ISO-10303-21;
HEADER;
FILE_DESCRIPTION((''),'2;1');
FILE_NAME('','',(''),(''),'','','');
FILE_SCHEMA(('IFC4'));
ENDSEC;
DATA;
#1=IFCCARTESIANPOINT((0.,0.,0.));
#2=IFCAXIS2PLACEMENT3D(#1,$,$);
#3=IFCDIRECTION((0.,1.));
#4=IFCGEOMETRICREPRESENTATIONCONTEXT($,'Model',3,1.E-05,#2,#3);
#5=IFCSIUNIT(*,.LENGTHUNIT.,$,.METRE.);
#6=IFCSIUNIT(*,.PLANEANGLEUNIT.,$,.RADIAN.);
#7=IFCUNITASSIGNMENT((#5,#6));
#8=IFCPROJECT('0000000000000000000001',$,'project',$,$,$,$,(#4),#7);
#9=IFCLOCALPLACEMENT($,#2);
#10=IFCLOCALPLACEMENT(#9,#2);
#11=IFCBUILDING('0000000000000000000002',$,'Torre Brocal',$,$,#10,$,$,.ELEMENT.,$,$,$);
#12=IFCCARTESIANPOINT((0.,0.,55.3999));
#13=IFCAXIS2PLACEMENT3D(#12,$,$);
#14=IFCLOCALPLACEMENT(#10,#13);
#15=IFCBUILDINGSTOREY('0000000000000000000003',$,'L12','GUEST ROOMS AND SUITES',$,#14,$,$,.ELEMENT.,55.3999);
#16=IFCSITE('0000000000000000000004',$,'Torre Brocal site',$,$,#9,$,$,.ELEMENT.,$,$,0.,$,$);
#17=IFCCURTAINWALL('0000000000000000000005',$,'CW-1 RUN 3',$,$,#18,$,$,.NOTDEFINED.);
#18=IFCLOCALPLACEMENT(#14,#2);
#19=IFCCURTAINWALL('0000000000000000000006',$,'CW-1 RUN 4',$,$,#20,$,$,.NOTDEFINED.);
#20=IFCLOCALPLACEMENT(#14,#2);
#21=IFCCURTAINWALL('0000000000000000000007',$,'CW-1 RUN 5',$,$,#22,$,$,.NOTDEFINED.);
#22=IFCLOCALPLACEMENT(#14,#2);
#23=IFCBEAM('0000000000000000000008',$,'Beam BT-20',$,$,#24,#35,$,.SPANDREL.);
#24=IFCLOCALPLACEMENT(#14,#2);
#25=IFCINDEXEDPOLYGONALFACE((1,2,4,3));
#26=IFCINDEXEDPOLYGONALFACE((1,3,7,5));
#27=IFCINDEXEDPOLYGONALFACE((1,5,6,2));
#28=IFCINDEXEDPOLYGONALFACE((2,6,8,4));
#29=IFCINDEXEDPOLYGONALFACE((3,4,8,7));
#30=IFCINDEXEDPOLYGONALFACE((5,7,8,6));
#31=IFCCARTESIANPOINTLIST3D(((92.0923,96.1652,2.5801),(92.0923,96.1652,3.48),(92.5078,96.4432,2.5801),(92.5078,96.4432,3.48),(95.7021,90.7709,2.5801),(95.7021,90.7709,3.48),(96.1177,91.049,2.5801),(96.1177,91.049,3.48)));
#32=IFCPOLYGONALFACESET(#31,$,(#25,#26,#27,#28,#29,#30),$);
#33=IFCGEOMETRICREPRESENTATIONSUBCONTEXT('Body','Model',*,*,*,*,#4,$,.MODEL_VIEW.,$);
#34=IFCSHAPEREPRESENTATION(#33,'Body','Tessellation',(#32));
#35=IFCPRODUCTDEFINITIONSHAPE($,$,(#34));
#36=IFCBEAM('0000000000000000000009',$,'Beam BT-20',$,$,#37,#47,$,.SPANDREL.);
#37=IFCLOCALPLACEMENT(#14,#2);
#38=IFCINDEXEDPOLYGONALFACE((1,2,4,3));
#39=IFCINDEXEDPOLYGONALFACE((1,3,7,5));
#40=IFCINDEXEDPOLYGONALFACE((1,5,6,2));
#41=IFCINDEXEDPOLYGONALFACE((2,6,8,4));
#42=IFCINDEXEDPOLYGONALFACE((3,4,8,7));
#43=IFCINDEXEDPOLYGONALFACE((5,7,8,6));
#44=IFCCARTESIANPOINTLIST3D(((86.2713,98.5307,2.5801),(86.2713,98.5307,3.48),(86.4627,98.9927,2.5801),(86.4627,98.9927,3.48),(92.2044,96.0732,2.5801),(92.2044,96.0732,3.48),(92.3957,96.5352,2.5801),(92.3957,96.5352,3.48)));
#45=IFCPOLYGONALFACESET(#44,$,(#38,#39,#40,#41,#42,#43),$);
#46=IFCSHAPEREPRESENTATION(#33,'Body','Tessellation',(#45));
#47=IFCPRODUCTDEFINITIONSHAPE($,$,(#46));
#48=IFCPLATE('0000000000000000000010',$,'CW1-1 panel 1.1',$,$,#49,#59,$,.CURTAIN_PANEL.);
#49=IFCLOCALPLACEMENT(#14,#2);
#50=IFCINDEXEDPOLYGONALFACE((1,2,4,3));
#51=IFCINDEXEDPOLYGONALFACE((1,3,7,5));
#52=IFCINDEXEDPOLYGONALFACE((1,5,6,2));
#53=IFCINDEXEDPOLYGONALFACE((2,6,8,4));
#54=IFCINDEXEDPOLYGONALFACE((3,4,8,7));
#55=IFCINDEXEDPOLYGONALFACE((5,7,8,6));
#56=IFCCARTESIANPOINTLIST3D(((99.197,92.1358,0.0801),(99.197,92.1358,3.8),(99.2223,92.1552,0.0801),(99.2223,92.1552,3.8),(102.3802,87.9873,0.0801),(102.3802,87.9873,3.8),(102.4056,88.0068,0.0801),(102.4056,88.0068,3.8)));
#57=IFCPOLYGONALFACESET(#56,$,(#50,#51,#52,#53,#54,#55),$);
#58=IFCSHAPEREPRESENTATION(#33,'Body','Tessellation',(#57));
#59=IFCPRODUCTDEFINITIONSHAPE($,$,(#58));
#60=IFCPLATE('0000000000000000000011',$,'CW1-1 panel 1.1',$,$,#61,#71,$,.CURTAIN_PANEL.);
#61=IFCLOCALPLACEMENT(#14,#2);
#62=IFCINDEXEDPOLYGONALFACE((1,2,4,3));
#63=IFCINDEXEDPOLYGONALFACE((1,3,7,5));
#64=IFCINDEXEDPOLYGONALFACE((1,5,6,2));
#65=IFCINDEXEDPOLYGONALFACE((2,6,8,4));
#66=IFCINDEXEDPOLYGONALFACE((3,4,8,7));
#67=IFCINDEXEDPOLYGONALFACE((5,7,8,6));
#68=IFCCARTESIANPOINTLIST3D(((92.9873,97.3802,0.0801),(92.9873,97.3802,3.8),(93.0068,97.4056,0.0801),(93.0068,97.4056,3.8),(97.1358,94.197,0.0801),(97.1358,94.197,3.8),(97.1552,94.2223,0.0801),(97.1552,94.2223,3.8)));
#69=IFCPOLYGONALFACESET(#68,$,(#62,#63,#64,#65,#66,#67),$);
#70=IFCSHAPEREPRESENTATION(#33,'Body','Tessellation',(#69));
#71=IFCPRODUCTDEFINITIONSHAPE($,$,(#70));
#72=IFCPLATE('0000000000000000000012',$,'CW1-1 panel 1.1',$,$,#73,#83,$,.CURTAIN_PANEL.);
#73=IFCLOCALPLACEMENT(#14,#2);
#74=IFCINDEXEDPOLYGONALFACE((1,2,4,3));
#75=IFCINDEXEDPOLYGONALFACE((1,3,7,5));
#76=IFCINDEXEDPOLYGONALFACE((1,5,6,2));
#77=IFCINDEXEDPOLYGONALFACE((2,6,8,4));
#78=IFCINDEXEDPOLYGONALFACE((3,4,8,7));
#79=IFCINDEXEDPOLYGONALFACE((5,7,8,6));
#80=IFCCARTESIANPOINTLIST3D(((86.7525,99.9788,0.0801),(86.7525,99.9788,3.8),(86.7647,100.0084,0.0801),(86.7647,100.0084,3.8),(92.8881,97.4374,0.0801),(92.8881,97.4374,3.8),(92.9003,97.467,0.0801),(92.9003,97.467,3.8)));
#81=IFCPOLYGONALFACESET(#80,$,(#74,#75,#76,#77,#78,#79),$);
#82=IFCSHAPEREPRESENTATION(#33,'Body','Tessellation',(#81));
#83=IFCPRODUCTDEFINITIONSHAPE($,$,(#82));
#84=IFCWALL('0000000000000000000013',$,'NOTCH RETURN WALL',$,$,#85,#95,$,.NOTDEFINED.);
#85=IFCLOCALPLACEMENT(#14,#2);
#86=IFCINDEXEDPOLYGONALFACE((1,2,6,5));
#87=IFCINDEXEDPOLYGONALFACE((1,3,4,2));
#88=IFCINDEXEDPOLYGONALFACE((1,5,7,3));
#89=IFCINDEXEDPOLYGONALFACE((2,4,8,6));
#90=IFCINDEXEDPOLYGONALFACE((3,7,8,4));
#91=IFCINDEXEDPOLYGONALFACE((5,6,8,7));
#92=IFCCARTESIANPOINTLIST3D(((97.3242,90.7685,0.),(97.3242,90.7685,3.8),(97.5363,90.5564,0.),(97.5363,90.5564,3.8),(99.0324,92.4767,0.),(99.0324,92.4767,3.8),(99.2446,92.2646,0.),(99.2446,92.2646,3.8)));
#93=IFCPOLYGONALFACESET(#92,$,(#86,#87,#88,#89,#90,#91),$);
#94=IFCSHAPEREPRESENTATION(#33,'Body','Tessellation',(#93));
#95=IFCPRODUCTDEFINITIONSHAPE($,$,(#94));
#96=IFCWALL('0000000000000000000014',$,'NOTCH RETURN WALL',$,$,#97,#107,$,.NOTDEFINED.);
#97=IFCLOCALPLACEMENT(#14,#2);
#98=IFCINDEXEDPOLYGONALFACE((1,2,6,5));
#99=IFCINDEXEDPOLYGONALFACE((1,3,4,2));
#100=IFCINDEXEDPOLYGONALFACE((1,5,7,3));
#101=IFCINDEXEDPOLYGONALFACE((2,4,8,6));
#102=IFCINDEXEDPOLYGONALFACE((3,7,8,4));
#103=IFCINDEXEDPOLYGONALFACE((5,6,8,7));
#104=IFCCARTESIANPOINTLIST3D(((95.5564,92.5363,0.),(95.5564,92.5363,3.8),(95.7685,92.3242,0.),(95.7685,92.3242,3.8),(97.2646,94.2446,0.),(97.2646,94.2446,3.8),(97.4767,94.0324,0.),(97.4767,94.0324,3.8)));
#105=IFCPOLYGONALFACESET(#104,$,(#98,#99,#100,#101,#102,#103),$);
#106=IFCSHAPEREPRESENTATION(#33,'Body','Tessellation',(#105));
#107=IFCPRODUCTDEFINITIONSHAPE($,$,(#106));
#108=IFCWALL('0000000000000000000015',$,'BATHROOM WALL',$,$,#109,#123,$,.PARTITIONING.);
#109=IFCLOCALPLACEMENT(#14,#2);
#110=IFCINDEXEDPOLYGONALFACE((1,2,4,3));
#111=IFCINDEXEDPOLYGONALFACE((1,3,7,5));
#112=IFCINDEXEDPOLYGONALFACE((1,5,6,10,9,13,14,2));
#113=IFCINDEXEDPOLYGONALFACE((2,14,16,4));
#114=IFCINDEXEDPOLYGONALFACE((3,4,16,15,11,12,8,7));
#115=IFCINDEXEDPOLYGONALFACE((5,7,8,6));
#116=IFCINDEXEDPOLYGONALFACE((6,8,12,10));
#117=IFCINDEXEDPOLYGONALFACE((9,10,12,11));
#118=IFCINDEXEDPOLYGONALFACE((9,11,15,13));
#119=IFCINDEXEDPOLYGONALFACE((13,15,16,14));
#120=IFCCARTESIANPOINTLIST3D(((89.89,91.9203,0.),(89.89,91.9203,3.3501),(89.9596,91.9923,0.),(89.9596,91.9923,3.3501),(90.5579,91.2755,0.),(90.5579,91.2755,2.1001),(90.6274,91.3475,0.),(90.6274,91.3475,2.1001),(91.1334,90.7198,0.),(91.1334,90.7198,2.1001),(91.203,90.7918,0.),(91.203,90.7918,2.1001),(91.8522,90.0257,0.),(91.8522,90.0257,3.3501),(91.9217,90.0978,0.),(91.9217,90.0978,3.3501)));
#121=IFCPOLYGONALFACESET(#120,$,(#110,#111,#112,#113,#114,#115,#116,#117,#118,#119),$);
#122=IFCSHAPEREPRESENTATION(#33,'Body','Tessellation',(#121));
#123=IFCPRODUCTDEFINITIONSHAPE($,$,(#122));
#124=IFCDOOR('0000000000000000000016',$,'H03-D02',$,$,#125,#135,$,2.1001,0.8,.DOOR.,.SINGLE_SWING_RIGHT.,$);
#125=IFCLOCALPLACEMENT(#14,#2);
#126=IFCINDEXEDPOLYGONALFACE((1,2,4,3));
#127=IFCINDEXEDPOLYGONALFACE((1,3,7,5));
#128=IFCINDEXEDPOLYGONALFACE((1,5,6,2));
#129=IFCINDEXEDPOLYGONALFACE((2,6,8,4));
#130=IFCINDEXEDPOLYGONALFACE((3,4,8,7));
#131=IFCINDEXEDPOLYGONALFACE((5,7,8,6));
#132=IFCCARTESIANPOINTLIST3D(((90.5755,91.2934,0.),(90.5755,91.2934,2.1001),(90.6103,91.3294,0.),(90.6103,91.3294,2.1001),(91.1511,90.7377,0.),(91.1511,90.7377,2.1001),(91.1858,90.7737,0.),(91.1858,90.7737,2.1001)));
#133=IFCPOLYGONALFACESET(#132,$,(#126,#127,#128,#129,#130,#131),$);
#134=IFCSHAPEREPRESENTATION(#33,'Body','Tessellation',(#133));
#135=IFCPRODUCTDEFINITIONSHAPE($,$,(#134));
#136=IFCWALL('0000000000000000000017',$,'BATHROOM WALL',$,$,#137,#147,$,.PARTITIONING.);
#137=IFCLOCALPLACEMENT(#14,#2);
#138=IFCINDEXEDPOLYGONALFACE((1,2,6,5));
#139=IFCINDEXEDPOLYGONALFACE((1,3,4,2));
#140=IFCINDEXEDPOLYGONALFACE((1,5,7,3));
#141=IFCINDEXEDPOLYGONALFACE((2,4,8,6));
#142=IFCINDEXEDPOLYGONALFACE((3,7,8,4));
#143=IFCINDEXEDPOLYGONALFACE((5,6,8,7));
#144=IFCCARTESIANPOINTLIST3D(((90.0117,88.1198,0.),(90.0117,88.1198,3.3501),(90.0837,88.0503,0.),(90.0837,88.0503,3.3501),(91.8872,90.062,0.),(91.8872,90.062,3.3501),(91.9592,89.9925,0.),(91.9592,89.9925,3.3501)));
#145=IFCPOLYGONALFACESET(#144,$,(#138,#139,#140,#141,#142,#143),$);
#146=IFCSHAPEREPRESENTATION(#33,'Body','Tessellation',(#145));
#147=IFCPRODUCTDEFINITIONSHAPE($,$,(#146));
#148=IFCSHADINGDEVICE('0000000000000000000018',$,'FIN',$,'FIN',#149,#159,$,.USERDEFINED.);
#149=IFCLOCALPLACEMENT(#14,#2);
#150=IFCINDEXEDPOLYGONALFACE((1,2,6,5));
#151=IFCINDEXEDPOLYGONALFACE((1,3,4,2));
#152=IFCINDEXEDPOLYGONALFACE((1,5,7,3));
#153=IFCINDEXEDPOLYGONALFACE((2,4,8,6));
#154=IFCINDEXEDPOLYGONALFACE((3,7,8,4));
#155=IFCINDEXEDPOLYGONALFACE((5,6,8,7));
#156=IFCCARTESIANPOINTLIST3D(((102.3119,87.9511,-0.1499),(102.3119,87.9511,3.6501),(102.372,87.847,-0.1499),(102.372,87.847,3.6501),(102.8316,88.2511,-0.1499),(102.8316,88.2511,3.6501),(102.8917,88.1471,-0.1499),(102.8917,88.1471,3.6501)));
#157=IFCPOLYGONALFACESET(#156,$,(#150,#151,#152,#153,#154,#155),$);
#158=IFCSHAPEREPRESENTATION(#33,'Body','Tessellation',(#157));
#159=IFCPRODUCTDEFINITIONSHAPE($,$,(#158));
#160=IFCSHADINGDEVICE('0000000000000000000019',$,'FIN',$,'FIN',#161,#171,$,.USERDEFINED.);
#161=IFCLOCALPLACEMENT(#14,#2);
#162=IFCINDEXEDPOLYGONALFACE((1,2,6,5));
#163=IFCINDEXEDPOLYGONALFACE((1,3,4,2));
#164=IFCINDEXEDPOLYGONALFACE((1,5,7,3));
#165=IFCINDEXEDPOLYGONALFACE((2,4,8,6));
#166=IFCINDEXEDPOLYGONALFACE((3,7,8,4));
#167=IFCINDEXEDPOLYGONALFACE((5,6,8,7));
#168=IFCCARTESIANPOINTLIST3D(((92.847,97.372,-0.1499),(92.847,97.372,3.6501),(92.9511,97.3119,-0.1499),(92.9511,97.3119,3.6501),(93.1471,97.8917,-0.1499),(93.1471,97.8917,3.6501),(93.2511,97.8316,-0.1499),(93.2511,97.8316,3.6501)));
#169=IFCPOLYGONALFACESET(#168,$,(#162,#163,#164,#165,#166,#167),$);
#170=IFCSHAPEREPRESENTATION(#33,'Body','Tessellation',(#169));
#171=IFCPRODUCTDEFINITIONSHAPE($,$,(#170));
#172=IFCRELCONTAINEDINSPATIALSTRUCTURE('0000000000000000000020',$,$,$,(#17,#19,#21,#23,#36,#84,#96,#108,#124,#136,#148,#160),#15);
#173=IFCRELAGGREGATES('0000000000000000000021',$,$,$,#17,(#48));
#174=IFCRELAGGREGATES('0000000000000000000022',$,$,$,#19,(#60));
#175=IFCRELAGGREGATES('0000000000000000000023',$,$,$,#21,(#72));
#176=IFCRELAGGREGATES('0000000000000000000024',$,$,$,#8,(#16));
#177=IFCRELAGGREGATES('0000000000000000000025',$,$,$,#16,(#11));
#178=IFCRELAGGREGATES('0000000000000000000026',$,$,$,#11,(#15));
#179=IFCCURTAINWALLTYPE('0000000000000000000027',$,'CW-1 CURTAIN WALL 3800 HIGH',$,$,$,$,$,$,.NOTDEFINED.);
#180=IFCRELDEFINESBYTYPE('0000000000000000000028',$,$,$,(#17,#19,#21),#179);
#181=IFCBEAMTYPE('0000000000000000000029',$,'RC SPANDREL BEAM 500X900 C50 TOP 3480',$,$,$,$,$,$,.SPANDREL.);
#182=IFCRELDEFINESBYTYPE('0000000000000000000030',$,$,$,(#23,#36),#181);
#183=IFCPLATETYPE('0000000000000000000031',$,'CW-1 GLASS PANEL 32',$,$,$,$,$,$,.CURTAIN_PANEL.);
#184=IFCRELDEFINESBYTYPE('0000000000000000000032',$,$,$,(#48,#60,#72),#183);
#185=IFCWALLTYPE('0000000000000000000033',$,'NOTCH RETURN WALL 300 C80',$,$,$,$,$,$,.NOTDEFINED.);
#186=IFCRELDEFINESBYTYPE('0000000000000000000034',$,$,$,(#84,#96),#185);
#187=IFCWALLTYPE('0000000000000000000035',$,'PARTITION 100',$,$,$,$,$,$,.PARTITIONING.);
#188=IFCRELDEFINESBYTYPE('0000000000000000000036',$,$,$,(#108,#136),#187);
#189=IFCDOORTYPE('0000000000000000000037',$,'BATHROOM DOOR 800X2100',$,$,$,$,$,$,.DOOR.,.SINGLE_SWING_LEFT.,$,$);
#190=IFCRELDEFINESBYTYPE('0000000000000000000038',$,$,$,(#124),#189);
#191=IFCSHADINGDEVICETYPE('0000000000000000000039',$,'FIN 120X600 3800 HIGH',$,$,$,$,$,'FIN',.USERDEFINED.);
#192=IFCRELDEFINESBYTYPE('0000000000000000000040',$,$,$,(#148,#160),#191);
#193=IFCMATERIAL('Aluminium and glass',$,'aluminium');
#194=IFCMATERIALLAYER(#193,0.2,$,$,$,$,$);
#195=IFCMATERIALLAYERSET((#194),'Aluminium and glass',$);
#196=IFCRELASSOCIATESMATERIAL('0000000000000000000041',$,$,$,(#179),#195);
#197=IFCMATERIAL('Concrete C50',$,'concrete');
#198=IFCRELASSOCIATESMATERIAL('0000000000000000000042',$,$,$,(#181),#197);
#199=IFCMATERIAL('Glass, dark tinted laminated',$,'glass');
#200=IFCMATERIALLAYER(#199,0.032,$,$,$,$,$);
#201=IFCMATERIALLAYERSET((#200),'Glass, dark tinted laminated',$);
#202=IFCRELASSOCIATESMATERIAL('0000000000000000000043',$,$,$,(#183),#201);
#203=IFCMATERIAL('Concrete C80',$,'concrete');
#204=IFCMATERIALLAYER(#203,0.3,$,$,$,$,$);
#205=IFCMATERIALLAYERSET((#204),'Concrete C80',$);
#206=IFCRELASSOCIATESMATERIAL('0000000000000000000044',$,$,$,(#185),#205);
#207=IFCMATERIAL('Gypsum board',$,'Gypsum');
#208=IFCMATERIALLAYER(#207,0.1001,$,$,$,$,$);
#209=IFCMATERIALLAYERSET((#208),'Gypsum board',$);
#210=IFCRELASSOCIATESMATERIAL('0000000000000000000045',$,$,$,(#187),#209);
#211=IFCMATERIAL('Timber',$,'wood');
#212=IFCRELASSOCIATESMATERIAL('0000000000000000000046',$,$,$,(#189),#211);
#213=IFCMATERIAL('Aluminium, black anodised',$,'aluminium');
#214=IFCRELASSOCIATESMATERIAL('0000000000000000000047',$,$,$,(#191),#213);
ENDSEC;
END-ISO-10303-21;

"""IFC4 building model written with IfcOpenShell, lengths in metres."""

from ifc_helpers import new_model, si_unit, direction, frame, frame_2d, origin, origin_2d, place, context, subcontext, project, spatial, rectangle, extrude, material, layer, layer_set, material_profile, profile_set, type_object, element, fill, aggregate, save


model = new_model("IFC4")

# Units and contexts
model_context = context("Model", 3, precision=1e-05, world=origin(), true_north=direction((0.0, 1.0)))
body_context = subcontext(model_context, "Body", "Model", "MODEL_VIEW")
ifc_project = project(units=[si_unit("LENGTHUNIT", "METRE"), si_unit("PLANEANGLEUNIT", "RADIAN")], contexts=[model_context])

# Site, building, storey
site_placement = place(None, origin())
site = spatial("IfcSite", under=ifc_project, at=site_placement, Name="Torre Brocal site", CompositionType="ELEMENT", RefElevation=0.0)
building_placement = place(site_placement, origin())
building = spatial("IfcBuilding", under=site, at=building_placement, Name="Torre Brocal", CompositionType="ELEMENT")
storey_placement = place(building_placement, frame((0.0, 0.0, 55.3999)))
storey = spatial("IfcBuildingStorey", under=building, at=storey_placement, Name="L12", Description="GUEST ROOMS AND SUITES", CompositionType="ELEMENT", Elevation=55.3999)

# Shared definitions
ifc_material_1 = material(Name="Aluminium and glass", Category="aluminium")
ifc_layer_1 = layer(ifc_material_1, 0.2)
ifc_layer_set_1 = layer_set([ifc_layer_1], Name="Aluminium and glass")
curtain_wall_type = type_object("IfcCurtainWallType", Name="CW-1 CURTAIN WALL 3800 HIGH", PredefinedType="NOTDEFINED", material=ifc_layer_set_1)

# Curtain walls
curtain_wall_1_placement = place(storey_placement, origin())
curtain_wall_1 = element("IfcCurtainWall", 1, at=curtain_wall_1_placement, inside=storey, type_object=curtain_wall_type, Name="CW-1 RUN 3", PredefinedType="NOTDEFINED")
curtain_wall_2_placement = place(storey_placement, origin())
curtain_wall_2 = element("IfcCurtainWall", 2, at=curtain_wall_2_placement, inside=storey, type_object=curtain_wall_type, Name="CW-1 RUN 4", PredefinedType="NOTDEFINED")

# Curtain wall
curtain_wall_3_placement = place(storey_placement, origin())
curtain_wall_3 = element("IfcCurtainWall", 3, at=curtain_wall_3_placement, inside=storey, type_object=curtain_wall_type, Name="CW-1 RUN 5", PredefinedType="NOTDEFINED")

# Beams
ifc_material_2 = material(Name="Concrete C50", Category="concrete")
ifc_material_profile_1 = material_profile(ifc_material_2, rectangle(XDim=0.5, YDim=0.8999, at=origin_2d()), Name="RC 500X900")
ifc_profile_set_1 = profile_set([ifc_material_profile_1], Name="Concrete C50")
beam_type_1 = type_object("IfcBeamType", Name="RC SPANDREL BEAM 500X900 C50 TOP 3480", PredefinedType="SPANDREL", material=ifc_profile_set_1)
beam_1_placement = place(storey_placement, frame((95.9099, 90.9099, 3.03), z_axis=(-0.556158, 0.831077, 0.0), x_axis=(-0.831077, -0.556158, 0.0)))
element("IfcBeam", 4, at=beam_1_placement, inside=storey, type_object=beam_type_1, Name="Beam BT-20", PredefinedType="SPANDREL", context=body_context, shape_type="SweptSolid", body=[
    extrude(rectangle(XDim=0.5, YDim=0.8999, at=origin_2d()), origin(), (0.0, 0.0, 1.0), 6.4907),
])
beam_2_placement = place(storey_placement, frame((92.3, 96.3042, 3.03), z_axis=(-0.923882, 0.382676, 0.0), x_axis=(-0.382676, -0.923882, 0.0)))
element("IfcBeam", 5, at=beam_2_placement, inside=storey, type_object=beam_type_1, Name="Beam BT-20", PredefinedType="SPANDREL", context=body_context, shape_type="SweptSolid", body=[
    extrude(rectangle(XDim=0.5, YDim=0.8999, at=origin_2d()), origin(), (0.0, 0.0, 1.0), 6.4219),
])

# Plates
ifc_material_3 = material(Name="Glass, dark tinted laminated", Category="glass")
ifc_layer_2 = layer(ifc_material_3, 0.032)
ifc_layer_set_2 = layer_set([ifc_layer_2], Name="Glass, dark tinted laminated")
plate_type = type_object("IfcPlateType", Name="CW-1 GLASS PANEL 32", PredefinedType="CURTAIN_PANEL", material=ifc_layer_set_2)
plate_1_placement = place(storey_placement, frame((100.8013, 90.0713, 0.0801), z_axis=(0.0, 0.0, 1.0), x_axis=(-0.608761, 0.793353, 0.0)))
plate_1 = element("IfcPlate", 6, at=plate_1_placement, type_object=plate_type, Name="CW1-1 panel 1.1", PredefinedType="CURTAIN_PANEL", context=body_context, shape_type="SweptSolid", body=[
    extrude(rectangle(XDim=5.229, YDim=0.032, at=origin_2d()), origin(), (0.0, 0.0, 1.0), 3.72),
])
aggregate(curtain_wall_1, [plate_1])
plate_2_placement = place(storey_placement, frame((95.0713, 95.8013, 0.0801), z_axis=(0.0, 0.0, 1.0), x_axis=(-0.793353, 0.608761, 0.0)))
plate_2 = element("IfcPlate", 7, at=plate_2_placement, type_object=plate_type, Name="CW1-1 panel 1.1", PredefinedType="CURTAIN_PANEL", context=body_context, shape_type="SweptSolid", body=[
    extrude(rectangle(XDim=5.229, YDim=0.032, at=origin_2d()), origin(), (0.0, 0.0, 1.0), 3.72),
])
aggregate(curtain_wall_2, [plate_2])
plate_3_placement = place(storey_placement, frame((89.8264, 98.7229, 0.0801), z_axis=(0.0, 0.0, 1.0), x_axis=(-0.92388, 0.382683, 0.0)))
plate_3 = element("IfcPlate", 8, at=plate_3_placement, type_object=plate_type, Name="CW1-1 panel 1.1", PredefinedType="CURTAIN_PANEL", context=body_context, shape_type="SweptSolid", body=[
    extrude(rectangle(XDim=6.6411, YDim=0.032, at=origin_2d()), origin(), (0.0, 0.0, 1.0), 3.72),
])
aggregate(curtain_wall_3, [plate_3])

# Walls
ifc_material_4 = material(Name="Concrete C80", Category="concrete")
ifc_layer_3 = layer(ifc_material_4, 0.3)
ifc_layer_set_3 = layer_set([ifc_layer_3], Name="Concrete C80")
wall_type_1 = type_object("IfcWallType", Name="NOTCH RETURN WALL 300 C80", PredefinedType="NOTDEFINED", material=ifc_layer_set_3)
for number, where, z_axis, x_axis, name in (
    (9, (97.4302, 90.6624, 0.0), (0.0, 0.0, 1.0), (0.707107, 0.707107, 0.0), "NOTCH RETURN WALL"),
    (10, (95.6624, 92.4302, 0.0), (0.0, 0.0, 1.0), (0.707107, 0.707107, 0.0), "NOTCH RETURN WALL"),
):
    element("IfcWall", number, at=place(storey_placement, frame(where, z_axis=z_axis, x_axis=x_axis)), inside=storey, type_object=wall_type_1, Name=name, PredefinedType="NOTDEFINED", context=body_context, shape_type="SweptSolid", body=[
        extrude(rectangle(XDim=2.4158, YDim=0.3, at=frame_2d((1.208, 0.0))), origin(), (0.0, 0.0, 1.0), 3.8),
    ])

# Wall, opening, door
ifc_material_5 = material(Name="Gypsum board", Category="Gypsum")
ifc_layer_4 = layer(ifc_material_5, 0.1001)
ifc_layer_set_4 = layer_set([ifc_layer_4], Name="Gypsum board")
wall_type_2 = type_object("IfcWallType", Name="PARTITION 100", PredefinedType="PARTITIONING", material=ifc_layer_set_4)
wall_1_placement = place(storey_placement, frame((89.9248, 91.9563, 0.0), z_axis=(0.0, 0.0, 1.0), x_axis=(0.719395, -0.694601, 0.0)))
wall_1 = element("IfcWall", 11, at=wall_1_placement, inside=storey, type_object=wall_type_2, Name="BATHROOM WALL", PredefinedType="PARTITIONING", context=body_context, shape_type="SweptSolid", body=[
    extrude(rectangle(XDim=2.7275, YDim=0.1001, at=frame_2d((1.3638, 0.0))), origin(), (0.0, 0.0, 1.0), 3.3501),
])
opening_placement = place(wall_1_placement, frame((0.9285, 0.0, 0.0)))
opening = element("IfcOpeningElement", 12, at=opening_placement, cuts=wall_1, PredefinedType="OPENING", context=body_context, shape_type="SweptSolid", body=[
    extrude(rectangle(XDim=0.8, YDim=2.1001, at=frame_2d((0.3999, 1.05))), frame((0.0, 0.0601, 0.0), z_axis=(0.0, -1.0, 0.0), x_axis=(1.0, 0.0, 0.0)), (0.0, 0.0, 1.0), 0.1201),
])
ifc_material_6 = material(Name="Timber", Category="wood")
door_type = type_object("IfcDoorType", Name="BATHROOM DOOR 800X2100", OperationType="SINGLE_SWING_LEFT", PredefinedType="DOOR", material=ifc_material_6)
door_placement = place(opening_placement, frame((0.8, 0.0, 0.0), z_axis=(0.0, 0.0, 1.0), x_axis=(-1.0, 0.0, 0.0)))
door = element("IfcDoor", 13, at=door_placement, inside=storey, type_object=door_type, Name="H03-D02", OperationType="SINGLE_SWING_RIGHT", OverallHeight=2.1001, OverallWidth=0.8, PredefinedType="DOOR", context=body_context, shape_type="SweptSolid", body=[
    extrude(rectangle(XDim=0.8, YDim=2.1001, at=frame_2d((0.3999, 1.05))), frame((0.0, 0.0249, 0.0), z_axis=(0.0, -1.0, 0.0), x_axis=(1.0, 0.0, 0.0)), (0.0, 0.0, 1.0), 0.05),
])
fill(opening, door)

# Wall
wall_2_placement = place(storey_placement, frame((90.0476, 88.085, 0.0), z_axis=(0.0, 0.0, 1.0), x_axis=(0.694656, 0.719342, 0.0)))
element("IfcWall", 14, at=wall_2_placement, inside=storey, type_object=wall_type_2, Name="BATHROOM WALL", PredefinedType="PARTITIONING", context=body_context, shape_type="SweptSolid", body=[
    extrude(rectangle(XDim=2.7, YDim=0.1001, at=frame_2d((1.3501, 0.0))), origin(), (0.0, 0.0, 1.0), 3.3501),
])

# Shading devices
ifc_material_7 = material(Name="Aluminium, black anodised", Category="aluminium")
ifc_material_profile_2 = material_profile(ifc_material_7, rectangle(XDim=0.1201, YDim=0.6001, at=origin_2d()), Name="FIN 120X600 3800 HIGH")
ifc_profile_set_2 = profile_set([ifc_material_profile_2], Name="Aluminium, black anodised")
shading_device_type = type_object("IfcShadingDeviceType", Name="FIN 120X600 3800 HIGH", ElementType="FIN", PredefinedType="USERDEFINED", material=ifc_profile_set_2)
for number, where, z_axis, x_axis, name in (
    (15, (102.6018, 88.0491, -0.1499), (0.0, 0.0, 1.0), (-0.5, 0.866025, 0.0), "FIN"),
    (16, (93.0491, 97.6018, -0.1499), (0.0, 0.0, 1.0), (-0.866025, 0.5, 0.0), "FIN"),
):
    element("IfcShadingDevice", number, at=place(storey_placement, frame(where, z_axis=z_axis, x_axis=x_axis)), inside=storey, type_object=shading_device_type, Name=name, ObjectType="FIN", PredefinedType="USERDEFINED", context=body_context, shape_type="SweptSolid", body=[
        extrude(rectangle(XDim=0.1201, YDim=0.6001, at=origin_2d()), origin(), (0.0, 0.0, 1.0), 3.8),
    ])

save(model, "model.ifc")
